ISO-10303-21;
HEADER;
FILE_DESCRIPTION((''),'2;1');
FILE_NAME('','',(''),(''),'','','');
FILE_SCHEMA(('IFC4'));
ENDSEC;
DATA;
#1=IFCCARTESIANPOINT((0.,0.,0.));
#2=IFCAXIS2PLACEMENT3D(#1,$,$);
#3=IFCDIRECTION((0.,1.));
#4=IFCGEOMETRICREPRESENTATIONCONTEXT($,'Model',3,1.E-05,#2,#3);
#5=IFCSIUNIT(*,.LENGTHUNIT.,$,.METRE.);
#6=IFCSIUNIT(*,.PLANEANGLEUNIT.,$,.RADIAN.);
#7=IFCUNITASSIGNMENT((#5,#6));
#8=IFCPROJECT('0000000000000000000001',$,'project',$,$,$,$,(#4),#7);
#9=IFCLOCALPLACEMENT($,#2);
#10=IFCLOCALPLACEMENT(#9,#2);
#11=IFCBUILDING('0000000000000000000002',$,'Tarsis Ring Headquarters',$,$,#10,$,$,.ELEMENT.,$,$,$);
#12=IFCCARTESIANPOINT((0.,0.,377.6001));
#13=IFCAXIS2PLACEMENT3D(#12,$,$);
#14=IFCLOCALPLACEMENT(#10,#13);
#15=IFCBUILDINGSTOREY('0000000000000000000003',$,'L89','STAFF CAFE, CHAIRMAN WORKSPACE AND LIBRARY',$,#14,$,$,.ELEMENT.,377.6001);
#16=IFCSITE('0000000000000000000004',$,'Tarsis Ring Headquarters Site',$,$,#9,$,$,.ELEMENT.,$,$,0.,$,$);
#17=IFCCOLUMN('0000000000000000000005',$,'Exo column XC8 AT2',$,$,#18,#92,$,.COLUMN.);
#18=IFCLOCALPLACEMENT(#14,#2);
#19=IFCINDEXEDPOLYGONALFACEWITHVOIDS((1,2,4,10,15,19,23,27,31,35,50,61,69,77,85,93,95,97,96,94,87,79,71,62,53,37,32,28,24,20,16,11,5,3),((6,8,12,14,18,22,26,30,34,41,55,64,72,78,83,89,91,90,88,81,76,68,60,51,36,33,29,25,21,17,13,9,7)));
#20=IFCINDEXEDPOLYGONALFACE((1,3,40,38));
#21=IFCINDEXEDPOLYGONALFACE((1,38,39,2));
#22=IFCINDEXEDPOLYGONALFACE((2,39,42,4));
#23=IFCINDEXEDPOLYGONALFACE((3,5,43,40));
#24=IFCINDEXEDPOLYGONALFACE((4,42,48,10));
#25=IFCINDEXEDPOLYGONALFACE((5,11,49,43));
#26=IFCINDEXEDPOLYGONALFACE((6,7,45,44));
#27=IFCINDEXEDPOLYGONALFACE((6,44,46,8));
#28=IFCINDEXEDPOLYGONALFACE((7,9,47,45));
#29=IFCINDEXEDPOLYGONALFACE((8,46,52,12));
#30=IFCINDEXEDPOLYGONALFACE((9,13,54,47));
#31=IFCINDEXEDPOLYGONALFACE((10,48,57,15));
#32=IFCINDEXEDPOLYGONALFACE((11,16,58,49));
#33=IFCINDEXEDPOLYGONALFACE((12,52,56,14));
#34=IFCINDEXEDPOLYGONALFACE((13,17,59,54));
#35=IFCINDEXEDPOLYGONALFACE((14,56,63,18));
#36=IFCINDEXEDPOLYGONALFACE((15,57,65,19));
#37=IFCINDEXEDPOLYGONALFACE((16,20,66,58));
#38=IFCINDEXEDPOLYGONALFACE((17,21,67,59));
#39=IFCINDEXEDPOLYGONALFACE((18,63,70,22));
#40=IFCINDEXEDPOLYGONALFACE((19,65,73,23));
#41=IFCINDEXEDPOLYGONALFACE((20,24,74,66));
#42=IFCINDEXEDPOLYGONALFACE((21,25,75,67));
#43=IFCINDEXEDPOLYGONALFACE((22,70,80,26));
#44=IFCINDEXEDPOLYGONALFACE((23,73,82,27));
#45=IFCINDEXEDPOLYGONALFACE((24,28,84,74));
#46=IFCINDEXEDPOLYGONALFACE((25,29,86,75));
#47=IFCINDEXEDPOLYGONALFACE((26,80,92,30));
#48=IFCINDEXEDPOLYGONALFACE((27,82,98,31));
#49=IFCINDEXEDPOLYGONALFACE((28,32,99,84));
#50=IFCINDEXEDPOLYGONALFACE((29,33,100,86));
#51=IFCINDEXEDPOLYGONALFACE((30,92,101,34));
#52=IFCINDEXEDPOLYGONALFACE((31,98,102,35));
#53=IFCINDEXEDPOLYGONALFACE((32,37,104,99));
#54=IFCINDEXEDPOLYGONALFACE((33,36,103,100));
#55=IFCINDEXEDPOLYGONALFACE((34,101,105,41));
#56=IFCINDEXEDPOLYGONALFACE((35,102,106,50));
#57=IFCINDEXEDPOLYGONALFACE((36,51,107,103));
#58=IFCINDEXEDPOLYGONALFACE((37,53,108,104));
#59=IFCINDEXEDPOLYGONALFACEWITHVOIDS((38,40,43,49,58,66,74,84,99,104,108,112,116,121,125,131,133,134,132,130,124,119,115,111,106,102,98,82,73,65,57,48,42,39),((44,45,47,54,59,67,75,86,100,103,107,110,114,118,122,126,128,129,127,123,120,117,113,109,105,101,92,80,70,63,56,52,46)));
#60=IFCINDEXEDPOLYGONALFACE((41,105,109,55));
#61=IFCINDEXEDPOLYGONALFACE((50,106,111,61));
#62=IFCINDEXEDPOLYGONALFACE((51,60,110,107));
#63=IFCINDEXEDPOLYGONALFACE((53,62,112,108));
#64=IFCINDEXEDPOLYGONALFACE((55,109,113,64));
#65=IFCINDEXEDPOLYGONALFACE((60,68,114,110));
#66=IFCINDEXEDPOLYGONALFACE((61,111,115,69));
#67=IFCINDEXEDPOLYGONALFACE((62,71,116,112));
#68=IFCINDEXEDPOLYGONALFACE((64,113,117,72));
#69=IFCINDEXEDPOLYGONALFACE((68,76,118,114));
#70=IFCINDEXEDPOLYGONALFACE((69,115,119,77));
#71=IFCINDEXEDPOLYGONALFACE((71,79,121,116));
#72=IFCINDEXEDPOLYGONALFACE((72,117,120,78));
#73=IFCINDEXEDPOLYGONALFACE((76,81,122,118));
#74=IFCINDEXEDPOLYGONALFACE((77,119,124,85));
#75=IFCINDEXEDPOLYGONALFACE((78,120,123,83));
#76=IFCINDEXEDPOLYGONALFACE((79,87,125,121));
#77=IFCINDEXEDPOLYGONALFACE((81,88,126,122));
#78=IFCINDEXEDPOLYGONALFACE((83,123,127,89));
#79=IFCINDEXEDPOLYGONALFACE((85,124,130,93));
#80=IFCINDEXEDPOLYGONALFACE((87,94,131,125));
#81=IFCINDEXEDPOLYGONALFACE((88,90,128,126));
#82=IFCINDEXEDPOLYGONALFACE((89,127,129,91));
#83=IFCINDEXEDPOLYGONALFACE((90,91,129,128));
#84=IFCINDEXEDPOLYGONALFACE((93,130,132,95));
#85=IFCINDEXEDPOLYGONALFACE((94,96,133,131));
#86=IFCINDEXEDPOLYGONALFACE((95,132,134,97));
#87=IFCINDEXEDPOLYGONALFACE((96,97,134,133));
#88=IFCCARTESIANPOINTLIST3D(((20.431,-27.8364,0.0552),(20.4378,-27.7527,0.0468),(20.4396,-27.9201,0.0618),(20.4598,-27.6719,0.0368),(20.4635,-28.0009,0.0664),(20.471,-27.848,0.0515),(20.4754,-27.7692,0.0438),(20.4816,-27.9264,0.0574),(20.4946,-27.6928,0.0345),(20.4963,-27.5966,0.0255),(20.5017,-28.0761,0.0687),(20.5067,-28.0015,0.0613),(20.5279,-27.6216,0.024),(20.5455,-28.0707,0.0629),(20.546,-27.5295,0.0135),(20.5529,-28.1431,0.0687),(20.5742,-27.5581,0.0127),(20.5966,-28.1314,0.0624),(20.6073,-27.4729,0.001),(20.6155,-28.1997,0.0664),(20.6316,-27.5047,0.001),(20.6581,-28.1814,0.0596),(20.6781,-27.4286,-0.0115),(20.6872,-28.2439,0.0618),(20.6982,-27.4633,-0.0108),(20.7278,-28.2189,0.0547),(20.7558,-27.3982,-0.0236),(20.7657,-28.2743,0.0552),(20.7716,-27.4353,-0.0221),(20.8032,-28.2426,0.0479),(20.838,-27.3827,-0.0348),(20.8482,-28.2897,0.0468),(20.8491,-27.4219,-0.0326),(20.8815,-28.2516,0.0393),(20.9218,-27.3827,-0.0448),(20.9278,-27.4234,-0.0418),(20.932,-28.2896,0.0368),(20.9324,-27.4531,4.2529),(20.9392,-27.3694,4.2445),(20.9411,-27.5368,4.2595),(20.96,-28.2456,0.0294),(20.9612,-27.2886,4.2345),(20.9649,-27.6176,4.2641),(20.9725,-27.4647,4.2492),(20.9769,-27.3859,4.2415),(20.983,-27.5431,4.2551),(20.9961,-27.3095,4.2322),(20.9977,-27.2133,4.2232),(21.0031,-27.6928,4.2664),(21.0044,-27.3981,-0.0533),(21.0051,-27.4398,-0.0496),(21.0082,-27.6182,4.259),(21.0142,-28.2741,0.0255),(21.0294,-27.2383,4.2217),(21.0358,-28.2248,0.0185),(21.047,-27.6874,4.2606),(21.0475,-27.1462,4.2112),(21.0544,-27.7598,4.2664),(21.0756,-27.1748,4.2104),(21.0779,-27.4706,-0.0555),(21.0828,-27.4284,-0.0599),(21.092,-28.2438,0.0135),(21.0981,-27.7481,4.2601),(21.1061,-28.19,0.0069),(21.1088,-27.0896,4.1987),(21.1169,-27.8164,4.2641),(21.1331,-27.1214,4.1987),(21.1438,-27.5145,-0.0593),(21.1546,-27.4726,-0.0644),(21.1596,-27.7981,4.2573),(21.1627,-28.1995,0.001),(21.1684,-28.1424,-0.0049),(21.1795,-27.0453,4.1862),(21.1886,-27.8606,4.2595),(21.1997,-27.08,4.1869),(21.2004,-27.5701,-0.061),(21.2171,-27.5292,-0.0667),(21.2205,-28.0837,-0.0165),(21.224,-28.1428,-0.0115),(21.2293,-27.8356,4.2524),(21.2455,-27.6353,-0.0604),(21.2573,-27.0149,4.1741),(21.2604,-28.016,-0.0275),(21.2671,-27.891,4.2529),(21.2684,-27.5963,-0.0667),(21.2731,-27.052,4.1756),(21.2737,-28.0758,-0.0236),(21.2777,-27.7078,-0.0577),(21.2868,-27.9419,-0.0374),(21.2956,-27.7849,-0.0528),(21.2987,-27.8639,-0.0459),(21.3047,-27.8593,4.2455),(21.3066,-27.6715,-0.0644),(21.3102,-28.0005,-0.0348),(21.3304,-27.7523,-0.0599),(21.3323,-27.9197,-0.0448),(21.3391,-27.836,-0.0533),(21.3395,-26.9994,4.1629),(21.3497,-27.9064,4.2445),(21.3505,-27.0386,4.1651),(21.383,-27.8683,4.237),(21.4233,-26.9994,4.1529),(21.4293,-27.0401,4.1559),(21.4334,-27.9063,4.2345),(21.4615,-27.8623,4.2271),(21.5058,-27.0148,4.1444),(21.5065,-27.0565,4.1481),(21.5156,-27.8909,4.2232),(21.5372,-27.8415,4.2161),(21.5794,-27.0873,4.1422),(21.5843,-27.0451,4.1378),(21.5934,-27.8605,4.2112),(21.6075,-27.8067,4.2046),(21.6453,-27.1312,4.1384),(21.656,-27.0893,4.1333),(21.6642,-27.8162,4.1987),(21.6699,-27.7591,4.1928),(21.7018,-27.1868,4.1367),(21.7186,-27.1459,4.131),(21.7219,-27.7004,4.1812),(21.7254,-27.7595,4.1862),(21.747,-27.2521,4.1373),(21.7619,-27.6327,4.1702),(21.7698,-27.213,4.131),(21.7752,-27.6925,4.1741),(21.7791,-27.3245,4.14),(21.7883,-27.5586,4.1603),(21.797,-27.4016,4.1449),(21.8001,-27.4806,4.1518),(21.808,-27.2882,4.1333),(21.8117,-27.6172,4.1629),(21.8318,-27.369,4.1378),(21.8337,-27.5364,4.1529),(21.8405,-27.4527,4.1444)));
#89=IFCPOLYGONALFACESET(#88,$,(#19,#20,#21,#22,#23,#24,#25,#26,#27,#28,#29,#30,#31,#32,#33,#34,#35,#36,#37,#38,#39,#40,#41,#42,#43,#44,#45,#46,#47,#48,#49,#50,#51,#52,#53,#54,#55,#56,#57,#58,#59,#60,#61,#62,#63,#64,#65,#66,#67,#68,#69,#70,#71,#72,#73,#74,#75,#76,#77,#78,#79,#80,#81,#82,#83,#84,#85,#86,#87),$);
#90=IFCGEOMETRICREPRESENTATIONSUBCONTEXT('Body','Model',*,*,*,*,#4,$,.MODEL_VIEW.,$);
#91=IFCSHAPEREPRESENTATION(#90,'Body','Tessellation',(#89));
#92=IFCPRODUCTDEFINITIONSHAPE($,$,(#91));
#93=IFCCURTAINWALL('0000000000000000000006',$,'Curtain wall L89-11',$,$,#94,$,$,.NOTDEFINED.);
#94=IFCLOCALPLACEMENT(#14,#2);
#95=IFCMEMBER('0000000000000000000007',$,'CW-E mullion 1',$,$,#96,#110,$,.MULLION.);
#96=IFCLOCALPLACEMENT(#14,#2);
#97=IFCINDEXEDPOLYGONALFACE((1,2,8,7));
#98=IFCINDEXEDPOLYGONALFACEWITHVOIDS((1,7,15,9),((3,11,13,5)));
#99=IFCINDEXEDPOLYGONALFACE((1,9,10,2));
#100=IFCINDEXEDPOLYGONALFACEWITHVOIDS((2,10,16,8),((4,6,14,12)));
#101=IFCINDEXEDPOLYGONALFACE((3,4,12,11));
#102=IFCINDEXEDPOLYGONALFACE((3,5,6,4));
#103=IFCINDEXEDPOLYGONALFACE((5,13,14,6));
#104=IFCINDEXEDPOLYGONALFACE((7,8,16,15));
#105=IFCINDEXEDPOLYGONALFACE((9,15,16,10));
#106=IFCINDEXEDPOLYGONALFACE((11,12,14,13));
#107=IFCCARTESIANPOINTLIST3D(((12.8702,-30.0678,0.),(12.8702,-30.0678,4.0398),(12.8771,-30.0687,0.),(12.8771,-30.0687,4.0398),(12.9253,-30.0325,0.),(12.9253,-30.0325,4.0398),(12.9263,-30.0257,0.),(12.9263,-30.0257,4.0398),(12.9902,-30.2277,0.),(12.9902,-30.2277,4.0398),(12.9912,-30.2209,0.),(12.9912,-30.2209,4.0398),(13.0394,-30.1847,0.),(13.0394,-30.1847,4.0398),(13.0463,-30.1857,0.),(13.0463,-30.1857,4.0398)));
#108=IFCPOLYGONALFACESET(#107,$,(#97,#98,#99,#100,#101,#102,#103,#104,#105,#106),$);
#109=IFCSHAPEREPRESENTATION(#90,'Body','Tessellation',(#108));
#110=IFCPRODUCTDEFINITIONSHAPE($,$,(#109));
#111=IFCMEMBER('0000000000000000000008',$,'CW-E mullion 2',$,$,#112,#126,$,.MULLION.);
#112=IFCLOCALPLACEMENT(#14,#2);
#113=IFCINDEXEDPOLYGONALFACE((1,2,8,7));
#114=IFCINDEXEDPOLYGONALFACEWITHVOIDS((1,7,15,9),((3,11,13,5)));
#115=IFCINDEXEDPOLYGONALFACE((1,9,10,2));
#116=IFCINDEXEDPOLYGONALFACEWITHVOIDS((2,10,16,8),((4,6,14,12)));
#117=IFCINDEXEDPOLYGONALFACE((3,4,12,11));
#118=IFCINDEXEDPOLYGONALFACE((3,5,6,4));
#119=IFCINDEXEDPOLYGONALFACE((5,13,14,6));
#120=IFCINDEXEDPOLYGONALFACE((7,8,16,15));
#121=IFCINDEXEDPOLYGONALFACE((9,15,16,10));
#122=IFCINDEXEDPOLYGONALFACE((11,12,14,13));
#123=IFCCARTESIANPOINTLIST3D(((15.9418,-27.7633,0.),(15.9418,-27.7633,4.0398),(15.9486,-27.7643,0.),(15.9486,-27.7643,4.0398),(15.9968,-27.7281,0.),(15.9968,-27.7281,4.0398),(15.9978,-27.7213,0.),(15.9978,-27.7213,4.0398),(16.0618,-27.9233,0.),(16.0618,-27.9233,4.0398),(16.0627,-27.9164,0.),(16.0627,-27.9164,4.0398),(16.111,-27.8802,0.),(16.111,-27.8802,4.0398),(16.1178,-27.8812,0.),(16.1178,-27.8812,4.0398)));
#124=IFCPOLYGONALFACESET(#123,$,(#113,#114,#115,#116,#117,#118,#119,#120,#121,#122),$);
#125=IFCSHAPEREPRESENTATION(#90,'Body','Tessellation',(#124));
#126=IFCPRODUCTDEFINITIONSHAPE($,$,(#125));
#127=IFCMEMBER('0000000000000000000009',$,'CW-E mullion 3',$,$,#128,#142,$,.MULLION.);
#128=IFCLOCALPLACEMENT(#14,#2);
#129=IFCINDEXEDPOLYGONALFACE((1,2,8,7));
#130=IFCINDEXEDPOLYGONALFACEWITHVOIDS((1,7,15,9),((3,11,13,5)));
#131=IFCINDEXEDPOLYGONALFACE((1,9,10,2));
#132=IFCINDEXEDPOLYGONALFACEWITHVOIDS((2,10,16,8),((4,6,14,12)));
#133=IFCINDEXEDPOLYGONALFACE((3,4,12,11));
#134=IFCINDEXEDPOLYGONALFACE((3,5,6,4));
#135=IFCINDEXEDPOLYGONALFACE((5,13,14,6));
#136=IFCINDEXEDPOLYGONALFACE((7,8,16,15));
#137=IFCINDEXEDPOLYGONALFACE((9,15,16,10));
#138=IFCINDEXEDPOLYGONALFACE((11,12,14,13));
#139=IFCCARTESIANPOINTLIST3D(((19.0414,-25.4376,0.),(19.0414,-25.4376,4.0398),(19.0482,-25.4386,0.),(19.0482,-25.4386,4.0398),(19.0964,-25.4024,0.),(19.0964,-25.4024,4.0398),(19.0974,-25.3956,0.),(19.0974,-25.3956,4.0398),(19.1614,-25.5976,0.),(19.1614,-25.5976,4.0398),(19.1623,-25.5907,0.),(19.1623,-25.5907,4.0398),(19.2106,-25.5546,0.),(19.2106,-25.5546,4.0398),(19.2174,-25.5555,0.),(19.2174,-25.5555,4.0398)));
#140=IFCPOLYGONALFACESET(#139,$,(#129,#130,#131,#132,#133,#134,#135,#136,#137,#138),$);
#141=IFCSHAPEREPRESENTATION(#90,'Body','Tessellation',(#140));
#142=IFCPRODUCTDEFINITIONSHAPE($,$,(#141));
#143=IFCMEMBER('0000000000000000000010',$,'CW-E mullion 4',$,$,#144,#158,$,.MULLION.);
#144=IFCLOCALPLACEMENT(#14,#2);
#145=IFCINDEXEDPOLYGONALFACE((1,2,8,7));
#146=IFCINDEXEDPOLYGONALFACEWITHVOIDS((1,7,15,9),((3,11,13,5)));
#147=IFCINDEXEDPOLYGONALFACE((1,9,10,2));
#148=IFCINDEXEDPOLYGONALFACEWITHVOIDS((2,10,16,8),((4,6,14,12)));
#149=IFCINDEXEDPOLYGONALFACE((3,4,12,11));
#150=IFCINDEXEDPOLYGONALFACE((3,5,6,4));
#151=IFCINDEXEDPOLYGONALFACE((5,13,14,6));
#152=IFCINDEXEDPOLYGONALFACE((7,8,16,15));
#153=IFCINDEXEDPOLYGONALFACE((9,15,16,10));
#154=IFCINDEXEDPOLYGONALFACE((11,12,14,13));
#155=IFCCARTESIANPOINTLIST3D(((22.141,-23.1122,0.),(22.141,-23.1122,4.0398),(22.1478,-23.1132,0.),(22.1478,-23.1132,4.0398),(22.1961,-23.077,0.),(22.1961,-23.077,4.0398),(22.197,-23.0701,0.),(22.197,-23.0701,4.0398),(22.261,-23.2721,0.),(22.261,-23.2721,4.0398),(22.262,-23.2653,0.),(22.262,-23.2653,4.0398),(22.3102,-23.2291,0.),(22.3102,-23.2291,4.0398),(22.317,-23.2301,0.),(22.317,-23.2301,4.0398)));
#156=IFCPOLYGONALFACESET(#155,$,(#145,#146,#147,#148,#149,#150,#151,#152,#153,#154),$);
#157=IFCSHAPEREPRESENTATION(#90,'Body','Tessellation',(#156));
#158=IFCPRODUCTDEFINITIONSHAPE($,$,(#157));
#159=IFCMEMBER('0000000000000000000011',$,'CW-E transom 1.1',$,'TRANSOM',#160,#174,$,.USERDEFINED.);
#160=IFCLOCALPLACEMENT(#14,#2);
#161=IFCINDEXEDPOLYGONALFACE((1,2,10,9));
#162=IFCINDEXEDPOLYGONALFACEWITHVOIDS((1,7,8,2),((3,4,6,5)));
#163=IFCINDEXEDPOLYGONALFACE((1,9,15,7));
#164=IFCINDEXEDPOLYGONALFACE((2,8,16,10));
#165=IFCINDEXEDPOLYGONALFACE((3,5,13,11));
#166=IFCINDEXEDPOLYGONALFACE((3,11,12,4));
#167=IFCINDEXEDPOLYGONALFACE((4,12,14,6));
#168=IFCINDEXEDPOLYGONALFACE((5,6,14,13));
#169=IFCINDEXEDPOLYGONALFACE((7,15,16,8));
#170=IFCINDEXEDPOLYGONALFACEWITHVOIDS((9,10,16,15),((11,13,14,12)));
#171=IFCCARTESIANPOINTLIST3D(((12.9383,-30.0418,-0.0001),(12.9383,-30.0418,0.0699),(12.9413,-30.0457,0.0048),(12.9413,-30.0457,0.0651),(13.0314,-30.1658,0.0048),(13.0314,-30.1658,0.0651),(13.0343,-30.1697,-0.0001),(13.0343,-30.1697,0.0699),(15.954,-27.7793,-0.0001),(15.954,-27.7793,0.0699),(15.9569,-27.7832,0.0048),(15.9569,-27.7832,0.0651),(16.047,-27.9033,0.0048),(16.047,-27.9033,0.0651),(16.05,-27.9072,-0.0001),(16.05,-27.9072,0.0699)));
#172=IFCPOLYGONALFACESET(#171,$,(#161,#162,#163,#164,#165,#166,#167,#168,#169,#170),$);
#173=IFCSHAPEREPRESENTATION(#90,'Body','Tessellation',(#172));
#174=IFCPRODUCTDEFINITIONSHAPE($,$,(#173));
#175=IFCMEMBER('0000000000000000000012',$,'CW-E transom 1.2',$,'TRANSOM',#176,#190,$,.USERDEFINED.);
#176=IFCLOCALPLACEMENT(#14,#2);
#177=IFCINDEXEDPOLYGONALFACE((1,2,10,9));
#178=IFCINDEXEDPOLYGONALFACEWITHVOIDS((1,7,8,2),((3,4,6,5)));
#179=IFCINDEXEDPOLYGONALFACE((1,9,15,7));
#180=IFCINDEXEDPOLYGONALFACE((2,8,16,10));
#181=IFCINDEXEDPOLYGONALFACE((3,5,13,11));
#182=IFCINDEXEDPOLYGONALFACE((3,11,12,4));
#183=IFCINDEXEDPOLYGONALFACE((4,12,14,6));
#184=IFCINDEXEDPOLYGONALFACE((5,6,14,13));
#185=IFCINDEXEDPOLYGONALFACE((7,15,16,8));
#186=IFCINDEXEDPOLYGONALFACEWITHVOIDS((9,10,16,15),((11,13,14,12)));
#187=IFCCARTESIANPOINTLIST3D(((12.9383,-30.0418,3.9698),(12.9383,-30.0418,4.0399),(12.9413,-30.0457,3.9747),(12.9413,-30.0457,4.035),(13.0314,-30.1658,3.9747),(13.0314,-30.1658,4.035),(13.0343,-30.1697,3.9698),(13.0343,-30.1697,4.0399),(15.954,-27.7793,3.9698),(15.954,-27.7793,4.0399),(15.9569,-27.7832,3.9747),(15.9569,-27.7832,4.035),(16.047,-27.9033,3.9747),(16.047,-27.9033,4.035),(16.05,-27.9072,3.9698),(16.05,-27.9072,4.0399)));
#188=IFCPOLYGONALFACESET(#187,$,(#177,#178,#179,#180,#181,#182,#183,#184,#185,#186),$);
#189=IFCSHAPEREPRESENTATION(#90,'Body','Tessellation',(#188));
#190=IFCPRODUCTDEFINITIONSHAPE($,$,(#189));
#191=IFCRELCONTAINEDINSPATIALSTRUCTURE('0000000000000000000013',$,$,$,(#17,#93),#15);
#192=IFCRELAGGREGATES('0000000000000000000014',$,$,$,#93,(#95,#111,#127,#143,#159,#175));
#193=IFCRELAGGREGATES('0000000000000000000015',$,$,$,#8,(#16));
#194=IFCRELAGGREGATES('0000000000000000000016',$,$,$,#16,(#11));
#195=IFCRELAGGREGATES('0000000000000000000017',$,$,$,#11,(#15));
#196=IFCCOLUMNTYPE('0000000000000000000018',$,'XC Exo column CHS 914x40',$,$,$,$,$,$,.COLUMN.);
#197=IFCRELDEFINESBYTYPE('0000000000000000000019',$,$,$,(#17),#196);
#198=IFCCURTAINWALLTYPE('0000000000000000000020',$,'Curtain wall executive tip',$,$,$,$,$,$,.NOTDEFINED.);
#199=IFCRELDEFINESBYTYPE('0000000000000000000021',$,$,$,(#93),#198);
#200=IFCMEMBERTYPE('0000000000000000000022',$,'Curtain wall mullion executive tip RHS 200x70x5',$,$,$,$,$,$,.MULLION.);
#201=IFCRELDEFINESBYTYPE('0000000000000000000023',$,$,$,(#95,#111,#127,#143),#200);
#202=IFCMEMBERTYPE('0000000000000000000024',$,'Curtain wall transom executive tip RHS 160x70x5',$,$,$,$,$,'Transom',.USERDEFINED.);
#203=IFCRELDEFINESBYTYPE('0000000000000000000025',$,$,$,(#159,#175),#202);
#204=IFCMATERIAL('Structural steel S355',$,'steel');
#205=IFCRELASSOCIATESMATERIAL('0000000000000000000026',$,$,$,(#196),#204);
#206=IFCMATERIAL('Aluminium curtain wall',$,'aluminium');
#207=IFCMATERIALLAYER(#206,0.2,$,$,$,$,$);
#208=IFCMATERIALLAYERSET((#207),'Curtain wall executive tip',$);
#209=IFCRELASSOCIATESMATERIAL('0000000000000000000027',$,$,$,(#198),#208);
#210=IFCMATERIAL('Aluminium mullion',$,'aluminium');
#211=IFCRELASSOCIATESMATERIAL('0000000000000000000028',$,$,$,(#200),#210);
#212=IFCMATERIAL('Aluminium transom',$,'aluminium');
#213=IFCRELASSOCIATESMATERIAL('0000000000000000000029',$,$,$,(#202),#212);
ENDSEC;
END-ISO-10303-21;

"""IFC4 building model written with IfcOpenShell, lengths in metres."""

from ifc_helpers import new_model, si_unit, direction, frame, origin, origin_2d, place, context, subcontext, project, spatial, hollow_rectangle, hollow_circle, extrude, material, layer, layer_set, material_profile, profile_set, type_object, element, aggregate, save


model = new_model("IFC4")

# Units and contexts
model_context = context("Model", 3, precision=1e-05, world=origin(), true_north=direction((0.0, 1.0)))
body_context = subcontext(model_context, "Body", "Model", "MODEL_VIEW")
ifc_project = project(units=[si_unit("LENGTHUNIT", "METRE"), si_unit("PLANEANGLEUNIT", "RADIAN")], contexts=[model_context])

# Site, building, storey
site_placement = place(None, origin())
site = spatial("IfcSite", under=ifc_project, at=site_placement, Name="Tarsis Ring Headquarters Site", CompositionType="ELEMENT", RefElevation=0.0)
building_placement = place(site_placement, origin())
building = spatial("IfcBuilding", under=site, at=building_placement, Name="Tarsis Ring Headquarters", CompositionType="ELEMENT")
storey_placement = place(building_placement, frame((0.0, 0.0, 377.6001)))
storey = spatial("IfcBuildingStorey", under=building, at=storey_placement, Name="L89", Description="STAFF CAFE, CHAIRMAN WORKSPACE AND LIBRARY", CompositionType="ELEMENT", Elevation=377.6001)

# Column
ifc_material_1 = material(Name="Structural steel S355", Category="steel")
ifc_material_profile_1 = material_profile(ifc_material_1, hollow_circle(Radius=0.457, WallThickness=0.04, at=origin_2d()), Name="CHS 914x40")
ifc_profile_set_1 = profile_set([ifc_material_profile_1], Name="Structural steel S355")
column_type = type_object("IfcColumnType", Name="XC Exo column CHS 914x40", PredefinedType="COLUMN", material=ifc_profile_set_1)
column_placement = place(storey_placement, frame((20.885, -27.8362, 0.001), z_axis=(0.118132, 0.090296, 0.988884), x_axis=(-0.607278, 0.79449, 0.0)))
element("IfcColumn", 1, at=column_placement, inside=storey, type_object=column_type, Name="Exo column XC8 AT2", PredefinedType="COLUMN", context=body_context, shape_type="SweptSolid", body=[
    extrude(hollow_circle(Radius=0.4573, WallThickness=0.04, at=origin_2d()), origin(), (0.0, 0.0, 1.0), 4.2449),
])

# Curtain wall, members
ifc_material_2 = material(Name="Aluminium curtain wall", Category="aluminium")
ifc_layer_1 = layer(ifc_material_2, 0.2)
ifc_layer_set_1 = layer_set([ifc_layer_1], Name="Curtain wall executive tip")
curtain_wall_type = type_object("IfcCurtainWallType", Name="Curtain wall executive tip", PredefinedType="NOTDEFINED", material=ifc_layer_set_1)
curtain_wall_placement = place(storey_placement, origin())
curtain_wall = element("IfcCurtainWall", 2, at=curtain_wall_placement, inside=storey, type_object=curtain_wall_type, Name="Curtain wall L89-11", PredefinedType="NOTDEFINED")
ifc_material_3 = material(Name="Aluminium mullion", Category="aluminium")
ifc_material_profile_2 = material_profile(ifc_material_3, hollow_rectangle(XDim=0.2, YDim=0.0701, WallThickness=0.0049, at=origin_2d()), Name="RHS 200x70x5")
ifc_profile_set_2 = profile_set([ifc_material_profile_2], Name="Aluminium mullion")
member_type_1 = type_object("IfcMemberType", Name="Curtain wall mullion executive tip RHS 200x70x5", PredefinedType="MULLION", material=ifc_profile_set_2)
member_1_placement = place(storey_placement, frame((12.9583, -30.1267, 0.0), z_axis=(0.0, 0.0, 1.0), x_axis=(-0.600141, 0.799894, 0.0)))
member_1 = element("IfcMember", 3, at=member_1_placement, type_object=member_type_1, Name="CW-E mullion 1", PredefinedType="MULLION", context=body_context, shape_type="SweptSolid", body=[
    extrude(hollow_rectangle(XDim=0.2, YDim=0.0701, WallThickness=0.0049, at=origin_2d()), origin(), (0.0, 0.0, 1.0), 4.0398),
])
member_2_placement = place(storey_placement, frame((16.0298, -27.8223, 0.0), z_axis=(0.0, 0.0, 1.0), x_axis=(-0.600141, 0.799894, 0.0)))
member_2 = element("IfcMember", 4, at=member_2_placement, type_object=member_type_1, Name="CW-E mullion 2", PredefinedType="MULLION", context=body_context, shape_type="SweptSolid", body=[
    extrude(hollow_rectangle(XDim=0.2, YDim=0.0701, WallThickness=0.0049, at=origin_2d()), origin(), (0.0, 0.0, 1.0), 4.0398),
])
member_3_placement = place(storey_placement, frame((19.1294, -25.4966, 0.0), z_axis=(0.0, 0.0, 1.0), x_axis=(-0.600141, 0.799894, 0.0)))
member_3 = element("IfcMember", 5, at=member_3_placement, type_object=member_type_1, Name="CW-E mullion 3", PredefinedType="MULLION", context=body_context, shape_type="SweptSolid", body=[
    extrude(hollow_rectangle(XDim=0.2, YDim=0.0701, WallThickness=0.0049, at=origin_2d()), origin(), (0.0, 0.0, 1.0), 4.0398),
])
member_4_placement = place(storey_placement, frame((22.229, -23.1711, 0.0), z_axis=(0.0, 0.0, 1.0), x_axis=(-0.600141, 0.799894, 0.0)))
member_4 = element("IfcMember", 6, at=member_4_placement, type_object=member_type_1, Name="CW-E mullion 4", PredefinedType="MULLION", context=body_context, shape_type="SweptSolid", body=[
    extrude(hollow_rectangle(XDim=0.2, YDim=0.0701, WallThickness=0.0049, at=origin_2d()), origin(), (0.0, 0.0, 1.0), 4.0398),
])
ifc_material_4 = material(Name="Aluminium transom", Category="aluminium")
ifc_material_profile_3 = material_profile(ifc_material_4, hollow_rectangle(XDim=0.1599, YDim=0.0701, WallThickness=0.0049, at=origin_2d()), Name="RHS 160x70x5")
ifc_profile_set_3 = profile_set([ifc_material_profile_3], Name="Aluminium transom")
member_type_2 = type_object("IfcMemberType", Name="Curtain wall transom executive tip RHS 160x70x5", ElementType="Transom", PredefinedType="USERDEFINED", material=ifc_profile_set_3)
member_5_placement = place(storey_placement, frame((12.9863, -30.1057, 0.0349), z_axis=(0.799907, 0.600124, 0.0), x_axis=(-0.600124, 0.799907, 0.0)))
member_5 = element("IfcMember", 7, at=member_5_placement, type_object=member_type_2, Name="CW-E transom 1.1", ObjectType="TRANSOM", PredefinedType="USERDEFINED", context=body_context, shape_type="SweptSolid", body=[
    extrude(hollow_rectangle(XDim=0.1599, YDim=0.0701, WallThickness=0.0049, at=origin_2d()), origin(), (0.0, 0.0, 1.0), 3.77),
])
member_6_placement = place(storey_placement, frame((12.9863, -30.1057, 4.0049), z_axis=(0.799907, 0.600124, 0.0), x_axis=(-0.600124, 0.799907, 0.0)))
member_6 = element("IfcMember", 8, at=member_6_placement, type_object=member_type_2, Name="CW-E transom 1.2", ObjectType="TRANSOM", PredefinedType="USERDEFINED", context=body_context, shape_type="SweptSolid", body=[
    extrude(hollow_rectangle(XDim=0.1599, YDim=0.0701, WallThickness=0.0049, at=origin_2d()), origin(), (0.0, 0.0, 1.0), 3.77),
])

aggregate(curtain_wall, [member_1, member_2, member_3, member_4, member_5, member_6])

save(model, "model.ifc")
